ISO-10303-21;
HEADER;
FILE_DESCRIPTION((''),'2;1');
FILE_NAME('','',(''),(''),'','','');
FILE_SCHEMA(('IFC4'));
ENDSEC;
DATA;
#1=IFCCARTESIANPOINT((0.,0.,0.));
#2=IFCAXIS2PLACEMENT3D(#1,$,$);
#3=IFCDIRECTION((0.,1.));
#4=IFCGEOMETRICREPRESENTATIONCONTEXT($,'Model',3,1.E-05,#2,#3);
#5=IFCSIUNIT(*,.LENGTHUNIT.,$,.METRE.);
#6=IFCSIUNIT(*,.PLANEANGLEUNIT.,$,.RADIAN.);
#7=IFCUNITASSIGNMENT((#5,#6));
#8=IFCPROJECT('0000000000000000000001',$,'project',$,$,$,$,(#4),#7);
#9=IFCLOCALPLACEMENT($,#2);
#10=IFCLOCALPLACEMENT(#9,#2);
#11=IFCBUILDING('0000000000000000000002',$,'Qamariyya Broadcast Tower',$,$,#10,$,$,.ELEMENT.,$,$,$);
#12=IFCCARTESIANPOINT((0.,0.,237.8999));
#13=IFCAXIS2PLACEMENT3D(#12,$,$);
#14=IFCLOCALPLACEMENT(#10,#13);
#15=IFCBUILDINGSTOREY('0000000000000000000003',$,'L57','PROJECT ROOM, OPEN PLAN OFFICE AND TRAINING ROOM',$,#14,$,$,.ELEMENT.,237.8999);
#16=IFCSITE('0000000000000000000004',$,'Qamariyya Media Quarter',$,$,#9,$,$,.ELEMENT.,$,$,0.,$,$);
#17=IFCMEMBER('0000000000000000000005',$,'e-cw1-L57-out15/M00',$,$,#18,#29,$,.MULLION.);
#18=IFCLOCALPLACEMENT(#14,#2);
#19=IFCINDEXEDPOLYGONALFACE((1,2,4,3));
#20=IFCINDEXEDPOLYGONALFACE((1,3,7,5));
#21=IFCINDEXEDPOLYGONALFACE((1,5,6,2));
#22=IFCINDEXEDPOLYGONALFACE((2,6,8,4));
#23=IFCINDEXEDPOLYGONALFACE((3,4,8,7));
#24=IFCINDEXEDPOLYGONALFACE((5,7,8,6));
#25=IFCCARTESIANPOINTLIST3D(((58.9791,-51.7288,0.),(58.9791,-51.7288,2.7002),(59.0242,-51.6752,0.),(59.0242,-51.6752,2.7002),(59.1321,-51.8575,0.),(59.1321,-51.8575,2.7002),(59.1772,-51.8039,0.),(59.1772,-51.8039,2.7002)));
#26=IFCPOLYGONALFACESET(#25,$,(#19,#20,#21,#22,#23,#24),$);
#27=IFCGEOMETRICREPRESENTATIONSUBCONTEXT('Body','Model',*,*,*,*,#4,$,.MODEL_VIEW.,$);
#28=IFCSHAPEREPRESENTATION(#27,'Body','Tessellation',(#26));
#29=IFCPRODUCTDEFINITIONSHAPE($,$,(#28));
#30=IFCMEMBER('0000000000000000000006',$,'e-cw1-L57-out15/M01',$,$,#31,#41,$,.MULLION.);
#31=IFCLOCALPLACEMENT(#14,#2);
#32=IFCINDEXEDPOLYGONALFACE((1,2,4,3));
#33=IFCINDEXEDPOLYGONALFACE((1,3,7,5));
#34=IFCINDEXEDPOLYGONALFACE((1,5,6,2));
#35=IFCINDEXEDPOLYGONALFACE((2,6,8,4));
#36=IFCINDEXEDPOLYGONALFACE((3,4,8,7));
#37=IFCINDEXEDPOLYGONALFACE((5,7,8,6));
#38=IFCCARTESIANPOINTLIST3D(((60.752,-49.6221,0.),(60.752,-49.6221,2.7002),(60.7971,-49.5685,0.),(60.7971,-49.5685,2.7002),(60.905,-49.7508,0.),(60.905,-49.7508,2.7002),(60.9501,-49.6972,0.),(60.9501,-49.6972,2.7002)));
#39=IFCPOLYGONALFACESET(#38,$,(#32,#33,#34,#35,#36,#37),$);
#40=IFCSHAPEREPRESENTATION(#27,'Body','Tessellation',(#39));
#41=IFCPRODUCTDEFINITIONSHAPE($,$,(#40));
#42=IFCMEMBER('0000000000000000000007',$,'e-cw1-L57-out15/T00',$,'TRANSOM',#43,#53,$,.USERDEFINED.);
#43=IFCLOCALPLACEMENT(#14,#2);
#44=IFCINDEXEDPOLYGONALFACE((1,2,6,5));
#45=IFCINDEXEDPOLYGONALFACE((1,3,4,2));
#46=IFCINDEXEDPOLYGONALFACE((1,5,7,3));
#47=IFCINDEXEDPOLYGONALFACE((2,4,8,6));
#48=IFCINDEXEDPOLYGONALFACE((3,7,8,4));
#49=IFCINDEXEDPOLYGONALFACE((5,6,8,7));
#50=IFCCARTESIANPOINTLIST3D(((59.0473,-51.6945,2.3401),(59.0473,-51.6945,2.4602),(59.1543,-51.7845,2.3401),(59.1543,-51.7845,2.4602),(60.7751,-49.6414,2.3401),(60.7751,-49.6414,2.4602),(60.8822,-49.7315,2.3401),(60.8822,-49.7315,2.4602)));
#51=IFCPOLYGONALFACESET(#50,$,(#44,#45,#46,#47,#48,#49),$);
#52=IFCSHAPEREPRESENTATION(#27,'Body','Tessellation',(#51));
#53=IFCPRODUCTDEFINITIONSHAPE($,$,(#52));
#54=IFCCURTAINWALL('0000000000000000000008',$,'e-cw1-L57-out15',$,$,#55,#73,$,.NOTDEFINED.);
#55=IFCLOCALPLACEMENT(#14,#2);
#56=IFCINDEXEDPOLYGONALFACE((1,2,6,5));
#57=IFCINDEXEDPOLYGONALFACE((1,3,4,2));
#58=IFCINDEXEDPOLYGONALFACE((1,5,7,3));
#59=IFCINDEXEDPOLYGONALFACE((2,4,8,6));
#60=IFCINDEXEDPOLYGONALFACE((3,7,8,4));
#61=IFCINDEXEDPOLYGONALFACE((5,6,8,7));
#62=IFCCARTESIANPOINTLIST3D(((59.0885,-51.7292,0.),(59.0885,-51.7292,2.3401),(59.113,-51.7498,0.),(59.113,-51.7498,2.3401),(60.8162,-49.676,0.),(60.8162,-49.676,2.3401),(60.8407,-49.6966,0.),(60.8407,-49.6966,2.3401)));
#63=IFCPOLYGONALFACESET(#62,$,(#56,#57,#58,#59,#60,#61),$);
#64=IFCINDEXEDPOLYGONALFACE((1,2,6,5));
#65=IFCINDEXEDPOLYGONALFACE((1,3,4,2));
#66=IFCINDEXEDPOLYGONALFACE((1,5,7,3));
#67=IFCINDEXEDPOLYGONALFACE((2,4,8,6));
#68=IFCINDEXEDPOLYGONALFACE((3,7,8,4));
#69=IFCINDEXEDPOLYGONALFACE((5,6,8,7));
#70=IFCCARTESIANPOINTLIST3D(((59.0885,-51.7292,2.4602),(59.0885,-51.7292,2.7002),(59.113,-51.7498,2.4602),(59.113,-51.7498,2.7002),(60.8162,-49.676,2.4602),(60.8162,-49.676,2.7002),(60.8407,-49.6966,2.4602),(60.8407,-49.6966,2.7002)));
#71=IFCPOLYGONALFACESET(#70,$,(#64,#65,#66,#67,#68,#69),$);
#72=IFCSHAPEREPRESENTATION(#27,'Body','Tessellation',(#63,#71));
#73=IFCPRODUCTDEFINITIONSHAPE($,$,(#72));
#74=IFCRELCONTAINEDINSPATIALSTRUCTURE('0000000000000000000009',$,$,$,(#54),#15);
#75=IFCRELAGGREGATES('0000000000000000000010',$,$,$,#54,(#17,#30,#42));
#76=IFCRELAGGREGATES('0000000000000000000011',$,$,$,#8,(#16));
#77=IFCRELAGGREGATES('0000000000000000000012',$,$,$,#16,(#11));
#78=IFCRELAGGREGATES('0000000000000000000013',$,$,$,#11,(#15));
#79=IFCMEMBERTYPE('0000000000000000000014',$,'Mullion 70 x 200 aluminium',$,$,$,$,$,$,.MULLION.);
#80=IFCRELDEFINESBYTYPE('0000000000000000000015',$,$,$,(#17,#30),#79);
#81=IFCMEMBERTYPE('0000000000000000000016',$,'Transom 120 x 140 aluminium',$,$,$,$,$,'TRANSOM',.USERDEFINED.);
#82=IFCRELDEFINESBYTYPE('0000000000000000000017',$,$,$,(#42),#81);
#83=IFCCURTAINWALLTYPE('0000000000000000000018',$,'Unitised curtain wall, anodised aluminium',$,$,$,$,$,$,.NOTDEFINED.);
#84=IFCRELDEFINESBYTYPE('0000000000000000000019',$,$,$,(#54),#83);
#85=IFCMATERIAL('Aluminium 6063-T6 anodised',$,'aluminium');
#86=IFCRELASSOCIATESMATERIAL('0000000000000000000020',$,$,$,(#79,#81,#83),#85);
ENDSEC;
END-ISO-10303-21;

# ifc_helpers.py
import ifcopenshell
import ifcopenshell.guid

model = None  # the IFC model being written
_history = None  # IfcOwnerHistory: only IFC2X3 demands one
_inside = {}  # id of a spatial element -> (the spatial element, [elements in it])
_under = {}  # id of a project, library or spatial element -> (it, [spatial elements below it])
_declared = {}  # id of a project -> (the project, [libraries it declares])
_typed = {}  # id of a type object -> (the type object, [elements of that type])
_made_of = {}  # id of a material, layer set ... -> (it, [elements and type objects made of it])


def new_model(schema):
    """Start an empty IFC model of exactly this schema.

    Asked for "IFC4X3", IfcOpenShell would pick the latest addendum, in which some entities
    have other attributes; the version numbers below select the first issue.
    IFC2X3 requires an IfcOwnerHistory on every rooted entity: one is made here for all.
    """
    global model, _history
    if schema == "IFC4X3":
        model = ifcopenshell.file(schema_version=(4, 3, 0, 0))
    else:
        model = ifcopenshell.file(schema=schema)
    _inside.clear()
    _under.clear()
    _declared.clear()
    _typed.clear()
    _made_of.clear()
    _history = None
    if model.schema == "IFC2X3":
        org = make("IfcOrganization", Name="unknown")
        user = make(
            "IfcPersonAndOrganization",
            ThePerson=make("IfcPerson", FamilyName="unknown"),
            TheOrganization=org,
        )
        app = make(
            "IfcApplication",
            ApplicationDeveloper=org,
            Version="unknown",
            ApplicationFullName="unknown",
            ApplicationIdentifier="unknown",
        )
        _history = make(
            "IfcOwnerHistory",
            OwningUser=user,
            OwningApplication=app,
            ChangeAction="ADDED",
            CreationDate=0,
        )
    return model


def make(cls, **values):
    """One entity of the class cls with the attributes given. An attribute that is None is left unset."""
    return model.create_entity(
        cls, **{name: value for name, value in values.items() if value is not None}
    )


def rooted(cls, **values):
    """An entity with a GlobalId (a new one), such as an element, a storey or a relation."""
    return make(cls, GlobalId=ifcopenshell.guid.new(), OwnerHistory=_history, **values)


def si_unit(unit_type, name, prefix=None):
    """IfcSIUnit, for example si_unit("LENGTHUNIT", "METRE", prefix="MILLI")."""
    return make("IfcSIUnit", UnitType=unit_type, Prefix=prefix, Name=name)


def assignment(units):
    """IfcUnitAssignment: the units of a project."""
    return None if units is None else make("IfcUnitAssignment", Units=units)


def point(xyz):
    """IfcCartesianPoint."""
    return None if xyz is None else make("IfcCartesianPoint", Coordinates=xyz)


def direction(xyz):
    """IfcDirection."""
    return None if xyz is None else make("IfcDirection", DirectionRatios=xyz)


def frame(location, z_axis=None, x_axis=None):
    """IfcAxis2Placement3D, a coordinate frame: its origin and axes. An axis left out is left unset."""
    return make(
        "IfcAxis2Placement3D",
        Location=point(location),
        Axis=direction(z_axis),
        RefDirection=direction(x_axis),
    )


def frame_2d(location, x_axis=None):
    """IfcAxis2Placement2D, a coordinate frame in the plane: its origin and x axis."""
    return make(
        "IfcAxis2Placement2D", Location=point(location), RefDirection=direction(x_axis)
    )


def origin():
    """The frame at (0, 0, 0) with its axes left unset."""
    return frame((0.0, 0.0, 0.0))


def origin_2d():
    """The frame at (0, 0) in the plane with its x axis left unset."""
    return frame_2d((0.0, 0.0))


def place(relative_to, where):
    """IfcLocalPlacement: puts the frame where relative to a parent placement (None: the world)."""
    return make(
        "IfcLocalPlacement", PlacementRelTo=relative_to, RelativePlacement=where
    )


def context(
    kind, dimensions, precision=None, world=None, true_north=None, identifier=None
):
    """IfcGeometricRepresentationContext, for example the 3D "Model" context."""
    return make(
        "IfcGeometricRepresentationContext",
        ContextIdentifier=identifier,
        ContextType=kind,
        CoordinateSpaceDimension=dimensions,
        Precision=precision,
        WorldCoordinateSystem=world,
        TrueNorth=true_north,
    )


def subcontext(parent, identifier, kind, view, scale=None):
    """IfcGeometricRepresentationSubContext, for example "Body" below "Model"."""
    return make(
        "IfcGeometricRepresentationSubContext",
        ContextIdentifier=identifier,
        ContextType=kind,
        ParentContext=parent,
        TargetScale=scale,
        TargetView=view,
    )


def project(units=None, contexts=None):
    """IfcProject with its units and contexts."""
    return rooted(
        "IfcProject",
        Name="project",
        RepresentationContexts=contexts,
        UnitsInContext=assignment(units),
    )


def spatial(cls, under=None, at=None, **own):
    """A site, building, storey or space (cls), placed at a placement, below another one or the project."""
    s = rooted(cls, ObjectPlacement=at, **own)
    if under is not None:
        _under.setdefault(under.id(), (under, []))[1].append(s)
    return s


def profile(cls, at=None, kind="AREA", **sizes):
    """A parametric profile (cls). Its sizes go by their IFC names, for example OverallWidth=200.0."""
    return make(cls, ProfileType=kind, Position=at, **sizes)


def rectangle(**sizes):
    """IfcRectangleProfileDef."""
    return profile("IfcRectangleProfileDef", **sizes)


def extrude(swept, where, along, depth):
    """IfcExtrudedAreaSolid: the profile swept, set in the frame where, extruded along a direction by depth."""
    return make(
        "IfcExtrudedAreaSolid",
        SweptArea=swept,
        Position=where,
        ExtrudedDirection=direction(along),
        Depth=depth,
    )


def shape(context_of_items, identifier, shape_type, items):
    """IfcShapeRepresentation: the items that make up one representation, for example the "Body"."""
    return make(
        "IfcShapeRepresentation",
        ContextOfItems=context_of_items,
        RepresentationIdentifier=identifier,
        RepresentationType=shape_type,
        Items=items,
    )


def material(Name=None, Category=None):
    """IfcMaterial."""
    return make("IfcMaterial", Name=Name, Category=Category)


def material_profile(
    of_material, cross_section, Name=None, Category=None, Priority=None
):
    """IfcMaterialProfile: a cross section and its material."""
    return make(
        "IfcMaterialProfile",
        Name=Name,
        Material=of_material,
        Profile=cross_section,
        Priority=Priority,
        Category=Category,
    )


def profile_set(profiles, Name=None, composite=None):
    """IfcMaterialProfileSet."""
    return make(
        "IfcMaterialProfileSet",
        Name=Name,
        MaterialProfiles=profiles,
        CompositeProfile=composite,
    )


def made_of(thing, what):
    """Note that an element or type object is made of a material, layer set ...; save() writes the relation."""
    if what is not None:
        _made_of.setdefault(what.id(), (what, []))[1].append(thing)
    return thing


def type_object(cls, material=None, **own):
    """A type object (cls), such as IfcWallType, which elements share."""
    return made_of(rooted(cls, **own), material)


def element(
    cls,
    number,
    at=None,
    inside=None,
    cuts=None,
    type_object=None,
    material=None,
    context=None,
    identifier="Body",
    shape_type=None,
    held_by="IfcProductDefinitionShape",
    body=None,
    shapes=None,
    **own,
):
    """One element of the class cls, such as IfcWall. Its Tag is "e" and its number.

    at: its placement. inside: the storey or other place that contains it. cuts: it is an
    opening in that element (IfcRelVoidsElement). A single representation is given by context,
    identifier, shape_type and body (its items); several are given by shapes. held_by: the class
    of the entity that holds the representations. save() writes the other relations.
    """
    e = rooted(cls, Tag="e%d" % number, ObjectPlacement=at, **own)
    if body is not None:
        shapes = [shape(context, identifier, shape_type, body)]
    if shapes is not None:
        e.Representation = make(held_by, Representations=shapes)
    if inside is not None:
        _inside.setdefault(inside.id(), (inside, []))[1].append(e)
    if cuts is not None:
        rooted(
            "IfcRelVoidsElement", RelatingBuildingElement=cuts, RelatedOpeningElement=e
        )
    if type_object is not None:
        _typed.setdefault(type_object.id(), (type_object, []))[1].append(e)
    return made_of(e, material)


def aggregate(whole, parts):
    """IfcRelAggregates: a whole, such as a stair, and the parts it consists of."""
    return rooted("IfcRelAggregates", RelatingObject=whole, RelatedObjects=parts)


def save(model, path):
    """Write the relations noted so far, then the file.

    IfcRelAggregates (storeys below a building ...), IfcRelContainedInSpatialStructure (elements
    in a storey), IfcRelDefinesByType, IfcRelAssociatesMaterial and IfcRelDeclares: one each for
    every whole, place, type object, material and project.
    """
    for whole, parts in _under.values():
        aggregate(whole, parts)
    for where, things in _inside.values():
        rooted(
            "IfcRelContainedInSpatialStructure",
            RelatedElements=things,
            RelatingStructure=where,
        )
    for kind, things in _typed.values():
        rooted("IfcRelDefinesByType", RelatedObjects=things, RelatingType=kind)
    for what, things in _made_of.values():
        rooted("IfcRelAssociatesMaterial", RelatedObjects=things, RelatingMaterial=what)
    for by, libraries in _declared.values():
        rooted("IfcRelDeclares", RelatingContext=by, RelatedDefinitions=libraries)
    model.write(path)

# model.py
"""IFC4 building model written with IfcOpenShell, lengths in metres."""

from ifc_helpers import new_model, si_unit, direction, frame, origin, origin_2d, place, context, subcontext, project, spatial, rectangle, extrude, material, material_profile, profile_set, type_object, element, aggregate, save


model = new_model("IFC4")

# Units and contexts
model_context = context("Model", 3, precision=1e-05, world=origin(), true_north=direction((0.0, 1.0)))
body_context = subcontext(model_context, "Body", "Model", "MODEL_VIEW")
ifc_project = project(units=[si_unit("LENGTHUNIT", "METRE"), si_unit("PLANEANGLEUNIT", "RADIAN")], contexts=[model_context])

# Members
ifc_material = material(Name="Aluminium 6063-T6 anodised", Category="aluminium")
ifc_material_profile_1 = material_profile(ifc_material, rectangle(XDim=0.2, YDim=0.0701, at=origin_2d()))
ifc_profile_set_1 = profile_set([ifc_material_profile_1], Name="Aluminium 6063-T6 anodised")
member_type_1 = type_object("IfcMemberType", Name="Mullion 70 x 200 aluminium", PredefinedType="MULLION", material=ifc_profile_set_1)
site_placement = place(None, origin())
building_placement = place(site_placement, origin())
storey_placement = place(building_placement, frame((0.0, 0.0, 237.8999)))
member_1_placement = place(storey_placement, frame((59.0781, -51.7664, 0.0), z_axis=(0.0, 0.0, 1.0), x_axis=(-0.765132, 0.643873, 0.0)))
member_1 = element("IfcMember", 1, at=member_1_placement, type_object=member_type_1, Name="e-cw1-L57-out15/M00", PredefinedType="MULLION", context=body_context, shape_type="SweptSolid", body=[
    extrude(rectangle(XDim=0.2, YDim=0.0701, at=origin_2d()), origin(), (0.0, 0.0, 1.0), 2.7002),
])
member_2_placement = place(storey_placement, frame((60.8511, -49.6597, 0.0), z_axis=(0.0, 0.0, 1.0), x_axis=(-0.765132, 0.643873, 0.0)))
member_2 = element("IfcMember", 2, at=member_2_placement, type_object=member_type_1, Name="e-cw1-L57-out15/M01", PredefinedType="MULLION", context=body_context, shape_type="SweptSolid", body=[
    extrude(rectangle(XDim=0.2, YDim=0.0701, at=origin_2d()), origin(), (0.0, 0.0, 1.0), 2.7002),
])
ifc_material_profile_2 = material_profile(ifc_material, rectangle(XDim=0.1399, YDim=0.1201, at=origin_2d()))
ifc_profile_set_2 = profile_set([ifc_material_profile_2], Name="Aluminium 6063-T6 anodised")
member_type_2 = type_object("IfcMemberType", Name="Transom 120 x 140 aluminium", ElementType="TRANSOM", PredefinedType="USERDEFINED", material=ifc_profile_set_2)
member_3_placement = place(storey_placement, frame((59.1008, -51.7395, 2.4001), z_axis=(0.643909, 0.765102, 0.0), x_axis=(-0.765102, 0.643909, 0.0)))
member_3 = element("IfcMember", 3, at=member_3_placement, type_object=member_type_2, Name="e-cw1-L57-out15/T00", ObjectType="TRANSOM", PredefinedType="USERDEFINED", context=body_context, shape_type="SweptSolid", body=[
    extrude(rectangle(XDim=0.1399, YDim=0.1201, at=origin_2d()), origin(), (0.0, 0.0, 1.0), 2.6833),
])

# Site, building, storey
site = spatial("IfcSite", under=ifc_project, at=site_placement, Name="Qamariyya Media Quarter", CompositionType="ELEMENT", RefElevation=0.0)
building = spatial("IfcBuilding", under=site, at=building_placement, Name="Qamariyya Broadcast Tower", CompositionType="ELEMENT")
storey = spatial("IfcBuildingStorey", under=building, at=storey_placement, Name="L57", Description="PROJECT ROOM, OPEN PLAN OFFICE AND TRAINING ROOM", CompositionType="ELEMENT", Elevation=237.8999)

# Curtain wall
curtain_wall_type = type_object("IfcCurtainWallType", Name="Unitised curtain wall, anodised aluminium", PredefinedType="NOTDEFINED", material=ifc_material)
curtain_wall_1_placement = place(storey_placement, origin())
curtain_wall_1 = element("IfcCurtainWall", 4, at=curtain_wall_1_placement, inside=storey, type_object=curtain_wall_type, Name="e-cw1-L57-out15", PredefinedType="NOTDEFINED", context=body_context, shape_type="SweptSolid", body=[
    extrude(rectangle(XDim=2.6833, YDim=0.032, at=origin_2d()), frame((59.9646, -50.7129, 0.0), x_axis=(0.643843, 0.765158, 0.0)), (0.0, 0.0, 1.0), 2.3401),
    extrude(rectangle(XDim=2.6833, YDim=0.032, at=origin_2d()), frame((59.9646, -50.7129, 2.4602), x_axis=(0.643843, 0.765158, 0.0)), (0.0, 0.0, 1.0), 0.24),
])
aggregate(curtain_wall_1, [member_1, member_2, member_3])

save(model, "model.ifc")
